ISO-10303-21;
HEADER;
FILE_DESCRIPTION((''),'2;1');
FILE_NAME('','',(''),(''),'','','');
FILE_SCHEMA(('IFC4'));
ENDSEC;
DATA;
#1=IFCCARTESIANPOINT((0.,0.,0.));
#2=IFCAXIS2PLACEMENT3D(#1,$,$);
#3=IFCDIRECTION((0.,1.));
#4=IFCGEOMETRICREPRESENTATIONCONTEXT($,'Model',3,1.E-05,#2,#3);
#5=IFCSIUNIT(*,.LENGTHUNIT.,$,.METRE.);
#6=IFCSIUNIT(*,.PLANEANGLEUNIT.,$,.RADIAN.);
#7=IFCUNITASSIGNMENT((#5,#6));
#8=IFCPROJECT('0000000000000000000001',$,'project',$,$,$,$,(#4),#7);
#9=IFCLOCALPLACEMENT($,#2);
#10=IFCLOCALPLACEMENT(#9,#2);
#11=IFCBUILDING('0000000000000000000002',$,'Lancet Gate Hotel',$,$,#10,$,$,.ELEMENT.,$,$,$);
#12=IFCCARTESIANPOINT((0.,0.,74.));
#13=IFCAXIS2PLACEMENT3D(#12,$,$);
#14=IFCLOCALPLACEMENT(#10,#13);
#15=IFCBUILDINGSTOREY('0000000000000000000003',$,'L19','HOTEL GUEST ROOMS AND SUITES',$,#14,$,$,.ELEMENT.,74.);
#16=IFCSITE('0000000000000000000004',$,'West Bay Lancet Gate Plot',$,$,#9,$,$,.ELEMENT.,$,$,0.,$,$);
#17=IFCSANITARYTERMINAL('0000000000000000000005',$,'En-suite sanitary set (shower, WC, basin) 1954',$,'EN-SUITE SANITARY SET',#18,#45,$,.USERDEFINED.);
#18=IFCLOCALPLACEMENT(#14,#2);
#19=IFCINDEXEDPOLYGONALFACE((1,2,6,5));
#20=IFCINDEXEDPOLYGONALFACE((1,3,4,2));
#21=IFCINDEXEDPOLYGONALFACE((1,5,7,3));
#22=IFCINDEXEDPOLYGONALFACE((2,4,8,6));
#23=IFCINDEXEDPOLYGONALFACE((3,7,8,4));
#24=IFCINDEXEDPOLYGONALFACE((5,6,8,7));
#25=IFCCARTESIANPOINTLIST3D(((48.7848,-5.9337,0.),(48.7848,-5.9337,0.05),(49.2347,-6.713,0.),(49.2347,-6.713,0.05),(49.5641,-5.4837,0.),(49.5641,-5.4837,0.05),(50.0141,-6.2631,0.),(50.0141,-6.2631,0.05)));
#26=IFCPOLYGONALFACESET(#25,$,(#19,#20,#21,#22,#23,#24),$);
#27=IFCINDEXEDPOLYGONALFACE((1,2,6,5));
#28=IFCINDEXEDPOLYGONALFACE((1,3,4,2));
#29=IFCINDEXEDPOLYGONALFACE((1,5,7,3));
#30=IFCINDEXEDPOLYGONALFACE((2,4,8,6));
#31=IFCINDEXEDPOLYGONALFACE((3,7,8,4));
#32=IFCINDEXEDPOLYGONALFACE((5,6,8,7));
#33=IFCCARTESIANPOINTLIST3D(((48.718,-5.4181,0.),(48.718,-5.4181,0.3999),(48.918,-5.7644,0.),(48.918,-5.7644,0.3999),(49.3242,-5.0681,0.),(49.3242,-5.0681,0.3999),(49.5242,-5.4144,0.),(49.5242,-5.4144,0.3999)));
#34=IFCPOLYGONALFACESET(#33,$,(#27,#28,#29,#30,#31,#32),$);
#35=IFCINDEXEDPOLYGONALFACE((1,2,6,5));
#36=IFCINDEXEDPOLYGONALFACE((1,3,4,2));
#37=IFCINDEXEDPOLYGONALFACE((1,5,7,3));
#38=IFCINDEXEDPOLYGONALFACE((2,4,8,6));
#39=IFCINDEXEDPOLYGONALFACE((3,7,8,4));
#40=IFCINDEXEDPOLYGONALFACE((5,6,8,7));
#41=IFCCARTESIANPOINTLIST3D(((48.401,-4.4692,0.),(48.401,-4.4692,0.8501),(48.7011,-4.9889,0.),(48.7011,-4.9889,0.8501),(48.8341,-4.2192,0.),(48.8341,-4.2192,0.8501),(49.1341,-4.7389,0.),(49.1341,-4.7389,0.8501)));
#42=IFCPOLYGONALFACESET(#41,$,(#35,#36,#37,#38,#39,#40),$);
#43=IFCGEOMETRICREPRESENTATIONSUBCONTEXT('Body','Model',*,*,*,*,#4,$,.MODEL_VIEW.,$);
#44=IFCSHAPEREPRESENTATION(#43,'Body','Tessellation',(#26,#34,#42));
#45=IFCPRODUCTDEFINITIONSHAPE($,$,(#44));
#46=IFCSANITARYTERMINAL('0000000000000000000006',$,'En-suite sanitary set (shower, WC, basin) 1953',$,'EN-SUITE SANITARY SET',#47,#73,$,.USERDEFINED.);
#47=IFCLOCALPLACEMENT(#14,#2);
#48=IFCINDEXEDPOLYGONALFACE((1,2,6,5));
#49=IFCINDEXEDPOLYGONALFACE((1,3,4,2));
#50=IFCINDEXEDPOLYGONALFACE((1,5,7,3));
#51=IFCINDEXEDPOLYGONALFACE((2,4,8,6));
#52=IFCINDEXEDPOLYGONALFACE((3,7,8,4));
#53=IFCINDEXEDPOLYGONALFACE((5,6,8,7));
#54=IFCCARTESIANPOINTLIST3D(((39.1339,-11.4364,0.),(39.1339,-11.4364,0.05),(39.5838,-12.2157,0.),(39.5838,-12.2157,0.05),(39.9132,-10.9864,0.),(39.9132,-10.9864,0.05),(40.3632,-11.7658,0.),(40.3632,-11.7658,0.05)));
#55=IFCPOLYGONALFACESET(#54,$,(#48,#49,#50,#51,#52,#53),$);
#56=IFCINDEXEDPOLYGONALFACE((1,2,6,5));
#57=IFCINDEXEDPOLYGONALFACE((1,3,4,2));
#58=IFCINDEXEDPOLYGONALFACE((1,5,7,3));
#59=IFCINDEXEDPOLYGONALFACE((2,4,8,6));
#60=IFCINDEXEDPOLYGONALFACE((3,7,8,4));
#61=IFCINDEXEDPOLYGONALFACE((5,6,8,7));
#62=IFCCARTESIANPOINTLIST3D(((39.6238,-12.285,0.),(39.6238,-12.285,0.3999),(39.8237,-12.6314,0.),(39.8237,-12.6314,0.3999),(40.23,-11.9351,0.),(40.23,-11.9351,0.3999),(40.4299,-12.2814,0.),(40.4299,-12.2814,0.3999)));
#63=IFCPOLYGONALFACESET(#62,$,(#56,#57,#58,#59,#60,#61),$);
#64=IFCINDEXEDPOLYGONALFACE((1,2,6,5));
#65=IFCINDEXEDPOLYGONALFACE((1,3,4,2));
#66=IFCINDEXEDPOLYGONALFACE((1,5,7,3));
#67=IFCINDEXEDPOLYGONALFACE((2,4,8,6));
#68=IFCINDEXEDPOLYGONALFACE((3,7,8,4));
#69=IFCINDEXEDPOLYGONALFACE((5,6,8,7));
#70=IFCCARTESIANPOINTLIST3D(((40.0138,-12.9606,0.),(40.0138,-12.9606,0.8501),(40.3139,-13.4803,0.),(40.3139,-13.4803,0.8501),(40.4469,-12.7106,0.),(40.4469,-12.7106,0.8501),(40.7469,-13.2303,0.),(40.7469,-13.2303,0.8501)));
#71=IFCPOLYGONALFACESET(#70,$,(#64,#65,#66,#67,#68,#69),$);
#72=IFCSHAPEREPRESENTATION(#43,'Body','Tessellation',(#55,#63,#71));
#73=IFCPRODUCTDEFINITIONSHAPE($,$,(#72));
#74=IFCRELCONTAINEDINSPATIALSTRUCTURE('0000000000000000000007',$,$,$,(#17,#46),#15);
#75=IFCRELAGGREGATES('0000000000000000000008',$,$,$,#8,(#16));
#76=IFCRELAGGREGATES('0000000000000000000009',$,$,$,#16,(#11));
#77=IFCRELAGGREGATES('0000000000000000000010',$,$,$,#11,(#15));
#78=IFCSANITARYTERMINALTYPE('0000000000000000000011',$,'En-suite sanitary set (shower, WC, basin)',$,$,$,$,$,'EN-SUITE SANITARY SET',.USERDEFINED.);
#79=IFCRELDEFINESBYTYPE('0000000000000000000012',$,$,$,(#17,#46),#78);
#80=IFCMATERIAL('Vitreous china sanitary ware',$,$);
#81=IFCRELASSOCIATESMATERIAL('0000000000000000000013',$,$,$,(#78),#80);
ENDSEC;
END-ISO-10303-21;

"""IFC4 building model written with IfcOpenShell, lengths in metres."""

from ifc_helpers import new_model, si_unit, direction, frame, origin, origin_2d, place, context, subcontext, project, spatial, rectangle, extrude, material, type_object, element, save


model = new_model("IFC4")

# Units and contexts
model_context = context("Model", 3, precision=1e-05, world=origin(), true_north=direction((0.0, 1.0)))
body_context = subcontext(model_context, "Body", "Model", "MODEL_VIEW")
ifc_project = project(units=[si_unit("LENGTHUNIT", "METRE"), si_unit("PLANEANGLEUNIT", "RADIAN")], contexts=[model_context])

# Site, building, storey
site_placement = place(None, origin())
site = spatial("IfcSite", under=ifc_project, at=site_placement, Name="West Bay Lancet Gate Plot", CompositionType="ELEMENT", RefElevation=0.0)
building_placement = place(site_placement, origin())
building = spatial("IfcBuilding", under=site, at=building_placement, Name="Lancet Gate Hotel", CompositionType="ELEMENT")
storey_placement = place(building_placement, frame((0.0, 0.0, 74.0)))
storey = spatial("IfcBuildingStorey", under=building, at=storey_placement, Name="L19", Description="HOTEL GUEST ROOMS AND SUITES", CompositionType="ELEMENT", Elevation=74.0)

# Sanitary terminals
ifc_material_1 = material(Name="Vitreous china sanitary ware")
sanitary_terminal_type = type_object("IfcSanitaryTerminalType", Name="En-suite sanitary set (shower, WC, basin)", ElementType="EN-SUITE SANITARY SET", PredefinedType="USERDEFINED", material=ifc_material_1)
sanitary_terminal_1_placement = place(storey_placement, frame((49.3994, -6.0984, 0.0), z_axis=(0.0, 0.0, 1.0), x_axis=(1.0, 0.0, 0.0)))
element("IfcSanitaryTerminal", 1, at=sanitary_terminal_1_placement, inside=storey, type_object=sanitary_terminal_type, Name="En-suite sanitary set (shower, WC, basin) 1954", ObjectType="EN-SUITE SANITARY SET", PredefinedType="USERDEFINED", context=body_context, shape_type="SweptSolid", body=[
    extrude(rectangle(XDim=0.8999, YDim=0.8999, at=origin_2d()), frame((0.0, 0.0, 0.0), z_axis=(0.0, 0.0, 1.0), x_axis=(0.5, -0.866025, 0.0)), (0.0, 0.0, 1.0), 0.05),
    extrude(rectangle(XDim=0.3999, YDim=0.7, at=origin_2d()), frame((-0.2783, 0.6821, 0.0), z_axis=(0.0, 0.0, 1.0), x_axis=(0.5, -0.866025, 0.0)), (0.0, 0.0, 1.0), 0.3999),
    extrude(rectangle(XDim=0.6001, YDim=0.5, at=origin_2d()), frame((-0.6318, 1.4944, 0.0), z_axis=(0.0, 0.0, 1.0), x_axis=(0.5, -0.866025, 0.0)), (0.0, 0.0, 1.0), 0.8501),
])
sanitary_terminal_2_placement = place(storey_placement, frame((39.7485, -11.6011, 0.0), z_axis=(0.0, 0.0, 1.0), x_axis=(1.0, 0.0, 0.0)))
element("IfcSanitaryTerminal", 2, at=sanitary_terminal_2_placement, inside=storey, type_object=sanitary_terminal_type, Name="En-suite sanitary set (shower, WC, basin) 1953", ObjectType="EN-SUITE SANITARY SET", PredefinedType="USERDEFINED", context=body_context, shape_type="SweptSolid", body=[
    extrude(rectangle(XDim=0.8999, YDim=0.8999, at=origin_2d()), frame((0.0, 0.0, 0.0), z_axis=(0.0, 0.0, 1.0), x_axis=(-0.5, 0.866025, 0.0)), (0.0, 0.0, 1.0), 0.05),
    extrude(rectangle(XDim=0.3999, YDim=0.7, at=origin_2d()), frame((0.2783, -0.6821, 0.0), z_axis=(0.0, 0.0, 1.0), x_axis=(-0.5, 0.866025, 0.0)), (0.0, 0.0, 1.0), 0.3999),
    extrude(rectangle(XDim=0.6001, YDim=0.5, at=origin_2d()), frame((0.6318, -1.4944, 0.0), z_axis=(0.0, 0.0, 1.0), x_axis=(-0.5, 0.866025, 0.0)), (0.0, 0.0, 1.0), 0.8501),
])

save(model, "model.ifc")
